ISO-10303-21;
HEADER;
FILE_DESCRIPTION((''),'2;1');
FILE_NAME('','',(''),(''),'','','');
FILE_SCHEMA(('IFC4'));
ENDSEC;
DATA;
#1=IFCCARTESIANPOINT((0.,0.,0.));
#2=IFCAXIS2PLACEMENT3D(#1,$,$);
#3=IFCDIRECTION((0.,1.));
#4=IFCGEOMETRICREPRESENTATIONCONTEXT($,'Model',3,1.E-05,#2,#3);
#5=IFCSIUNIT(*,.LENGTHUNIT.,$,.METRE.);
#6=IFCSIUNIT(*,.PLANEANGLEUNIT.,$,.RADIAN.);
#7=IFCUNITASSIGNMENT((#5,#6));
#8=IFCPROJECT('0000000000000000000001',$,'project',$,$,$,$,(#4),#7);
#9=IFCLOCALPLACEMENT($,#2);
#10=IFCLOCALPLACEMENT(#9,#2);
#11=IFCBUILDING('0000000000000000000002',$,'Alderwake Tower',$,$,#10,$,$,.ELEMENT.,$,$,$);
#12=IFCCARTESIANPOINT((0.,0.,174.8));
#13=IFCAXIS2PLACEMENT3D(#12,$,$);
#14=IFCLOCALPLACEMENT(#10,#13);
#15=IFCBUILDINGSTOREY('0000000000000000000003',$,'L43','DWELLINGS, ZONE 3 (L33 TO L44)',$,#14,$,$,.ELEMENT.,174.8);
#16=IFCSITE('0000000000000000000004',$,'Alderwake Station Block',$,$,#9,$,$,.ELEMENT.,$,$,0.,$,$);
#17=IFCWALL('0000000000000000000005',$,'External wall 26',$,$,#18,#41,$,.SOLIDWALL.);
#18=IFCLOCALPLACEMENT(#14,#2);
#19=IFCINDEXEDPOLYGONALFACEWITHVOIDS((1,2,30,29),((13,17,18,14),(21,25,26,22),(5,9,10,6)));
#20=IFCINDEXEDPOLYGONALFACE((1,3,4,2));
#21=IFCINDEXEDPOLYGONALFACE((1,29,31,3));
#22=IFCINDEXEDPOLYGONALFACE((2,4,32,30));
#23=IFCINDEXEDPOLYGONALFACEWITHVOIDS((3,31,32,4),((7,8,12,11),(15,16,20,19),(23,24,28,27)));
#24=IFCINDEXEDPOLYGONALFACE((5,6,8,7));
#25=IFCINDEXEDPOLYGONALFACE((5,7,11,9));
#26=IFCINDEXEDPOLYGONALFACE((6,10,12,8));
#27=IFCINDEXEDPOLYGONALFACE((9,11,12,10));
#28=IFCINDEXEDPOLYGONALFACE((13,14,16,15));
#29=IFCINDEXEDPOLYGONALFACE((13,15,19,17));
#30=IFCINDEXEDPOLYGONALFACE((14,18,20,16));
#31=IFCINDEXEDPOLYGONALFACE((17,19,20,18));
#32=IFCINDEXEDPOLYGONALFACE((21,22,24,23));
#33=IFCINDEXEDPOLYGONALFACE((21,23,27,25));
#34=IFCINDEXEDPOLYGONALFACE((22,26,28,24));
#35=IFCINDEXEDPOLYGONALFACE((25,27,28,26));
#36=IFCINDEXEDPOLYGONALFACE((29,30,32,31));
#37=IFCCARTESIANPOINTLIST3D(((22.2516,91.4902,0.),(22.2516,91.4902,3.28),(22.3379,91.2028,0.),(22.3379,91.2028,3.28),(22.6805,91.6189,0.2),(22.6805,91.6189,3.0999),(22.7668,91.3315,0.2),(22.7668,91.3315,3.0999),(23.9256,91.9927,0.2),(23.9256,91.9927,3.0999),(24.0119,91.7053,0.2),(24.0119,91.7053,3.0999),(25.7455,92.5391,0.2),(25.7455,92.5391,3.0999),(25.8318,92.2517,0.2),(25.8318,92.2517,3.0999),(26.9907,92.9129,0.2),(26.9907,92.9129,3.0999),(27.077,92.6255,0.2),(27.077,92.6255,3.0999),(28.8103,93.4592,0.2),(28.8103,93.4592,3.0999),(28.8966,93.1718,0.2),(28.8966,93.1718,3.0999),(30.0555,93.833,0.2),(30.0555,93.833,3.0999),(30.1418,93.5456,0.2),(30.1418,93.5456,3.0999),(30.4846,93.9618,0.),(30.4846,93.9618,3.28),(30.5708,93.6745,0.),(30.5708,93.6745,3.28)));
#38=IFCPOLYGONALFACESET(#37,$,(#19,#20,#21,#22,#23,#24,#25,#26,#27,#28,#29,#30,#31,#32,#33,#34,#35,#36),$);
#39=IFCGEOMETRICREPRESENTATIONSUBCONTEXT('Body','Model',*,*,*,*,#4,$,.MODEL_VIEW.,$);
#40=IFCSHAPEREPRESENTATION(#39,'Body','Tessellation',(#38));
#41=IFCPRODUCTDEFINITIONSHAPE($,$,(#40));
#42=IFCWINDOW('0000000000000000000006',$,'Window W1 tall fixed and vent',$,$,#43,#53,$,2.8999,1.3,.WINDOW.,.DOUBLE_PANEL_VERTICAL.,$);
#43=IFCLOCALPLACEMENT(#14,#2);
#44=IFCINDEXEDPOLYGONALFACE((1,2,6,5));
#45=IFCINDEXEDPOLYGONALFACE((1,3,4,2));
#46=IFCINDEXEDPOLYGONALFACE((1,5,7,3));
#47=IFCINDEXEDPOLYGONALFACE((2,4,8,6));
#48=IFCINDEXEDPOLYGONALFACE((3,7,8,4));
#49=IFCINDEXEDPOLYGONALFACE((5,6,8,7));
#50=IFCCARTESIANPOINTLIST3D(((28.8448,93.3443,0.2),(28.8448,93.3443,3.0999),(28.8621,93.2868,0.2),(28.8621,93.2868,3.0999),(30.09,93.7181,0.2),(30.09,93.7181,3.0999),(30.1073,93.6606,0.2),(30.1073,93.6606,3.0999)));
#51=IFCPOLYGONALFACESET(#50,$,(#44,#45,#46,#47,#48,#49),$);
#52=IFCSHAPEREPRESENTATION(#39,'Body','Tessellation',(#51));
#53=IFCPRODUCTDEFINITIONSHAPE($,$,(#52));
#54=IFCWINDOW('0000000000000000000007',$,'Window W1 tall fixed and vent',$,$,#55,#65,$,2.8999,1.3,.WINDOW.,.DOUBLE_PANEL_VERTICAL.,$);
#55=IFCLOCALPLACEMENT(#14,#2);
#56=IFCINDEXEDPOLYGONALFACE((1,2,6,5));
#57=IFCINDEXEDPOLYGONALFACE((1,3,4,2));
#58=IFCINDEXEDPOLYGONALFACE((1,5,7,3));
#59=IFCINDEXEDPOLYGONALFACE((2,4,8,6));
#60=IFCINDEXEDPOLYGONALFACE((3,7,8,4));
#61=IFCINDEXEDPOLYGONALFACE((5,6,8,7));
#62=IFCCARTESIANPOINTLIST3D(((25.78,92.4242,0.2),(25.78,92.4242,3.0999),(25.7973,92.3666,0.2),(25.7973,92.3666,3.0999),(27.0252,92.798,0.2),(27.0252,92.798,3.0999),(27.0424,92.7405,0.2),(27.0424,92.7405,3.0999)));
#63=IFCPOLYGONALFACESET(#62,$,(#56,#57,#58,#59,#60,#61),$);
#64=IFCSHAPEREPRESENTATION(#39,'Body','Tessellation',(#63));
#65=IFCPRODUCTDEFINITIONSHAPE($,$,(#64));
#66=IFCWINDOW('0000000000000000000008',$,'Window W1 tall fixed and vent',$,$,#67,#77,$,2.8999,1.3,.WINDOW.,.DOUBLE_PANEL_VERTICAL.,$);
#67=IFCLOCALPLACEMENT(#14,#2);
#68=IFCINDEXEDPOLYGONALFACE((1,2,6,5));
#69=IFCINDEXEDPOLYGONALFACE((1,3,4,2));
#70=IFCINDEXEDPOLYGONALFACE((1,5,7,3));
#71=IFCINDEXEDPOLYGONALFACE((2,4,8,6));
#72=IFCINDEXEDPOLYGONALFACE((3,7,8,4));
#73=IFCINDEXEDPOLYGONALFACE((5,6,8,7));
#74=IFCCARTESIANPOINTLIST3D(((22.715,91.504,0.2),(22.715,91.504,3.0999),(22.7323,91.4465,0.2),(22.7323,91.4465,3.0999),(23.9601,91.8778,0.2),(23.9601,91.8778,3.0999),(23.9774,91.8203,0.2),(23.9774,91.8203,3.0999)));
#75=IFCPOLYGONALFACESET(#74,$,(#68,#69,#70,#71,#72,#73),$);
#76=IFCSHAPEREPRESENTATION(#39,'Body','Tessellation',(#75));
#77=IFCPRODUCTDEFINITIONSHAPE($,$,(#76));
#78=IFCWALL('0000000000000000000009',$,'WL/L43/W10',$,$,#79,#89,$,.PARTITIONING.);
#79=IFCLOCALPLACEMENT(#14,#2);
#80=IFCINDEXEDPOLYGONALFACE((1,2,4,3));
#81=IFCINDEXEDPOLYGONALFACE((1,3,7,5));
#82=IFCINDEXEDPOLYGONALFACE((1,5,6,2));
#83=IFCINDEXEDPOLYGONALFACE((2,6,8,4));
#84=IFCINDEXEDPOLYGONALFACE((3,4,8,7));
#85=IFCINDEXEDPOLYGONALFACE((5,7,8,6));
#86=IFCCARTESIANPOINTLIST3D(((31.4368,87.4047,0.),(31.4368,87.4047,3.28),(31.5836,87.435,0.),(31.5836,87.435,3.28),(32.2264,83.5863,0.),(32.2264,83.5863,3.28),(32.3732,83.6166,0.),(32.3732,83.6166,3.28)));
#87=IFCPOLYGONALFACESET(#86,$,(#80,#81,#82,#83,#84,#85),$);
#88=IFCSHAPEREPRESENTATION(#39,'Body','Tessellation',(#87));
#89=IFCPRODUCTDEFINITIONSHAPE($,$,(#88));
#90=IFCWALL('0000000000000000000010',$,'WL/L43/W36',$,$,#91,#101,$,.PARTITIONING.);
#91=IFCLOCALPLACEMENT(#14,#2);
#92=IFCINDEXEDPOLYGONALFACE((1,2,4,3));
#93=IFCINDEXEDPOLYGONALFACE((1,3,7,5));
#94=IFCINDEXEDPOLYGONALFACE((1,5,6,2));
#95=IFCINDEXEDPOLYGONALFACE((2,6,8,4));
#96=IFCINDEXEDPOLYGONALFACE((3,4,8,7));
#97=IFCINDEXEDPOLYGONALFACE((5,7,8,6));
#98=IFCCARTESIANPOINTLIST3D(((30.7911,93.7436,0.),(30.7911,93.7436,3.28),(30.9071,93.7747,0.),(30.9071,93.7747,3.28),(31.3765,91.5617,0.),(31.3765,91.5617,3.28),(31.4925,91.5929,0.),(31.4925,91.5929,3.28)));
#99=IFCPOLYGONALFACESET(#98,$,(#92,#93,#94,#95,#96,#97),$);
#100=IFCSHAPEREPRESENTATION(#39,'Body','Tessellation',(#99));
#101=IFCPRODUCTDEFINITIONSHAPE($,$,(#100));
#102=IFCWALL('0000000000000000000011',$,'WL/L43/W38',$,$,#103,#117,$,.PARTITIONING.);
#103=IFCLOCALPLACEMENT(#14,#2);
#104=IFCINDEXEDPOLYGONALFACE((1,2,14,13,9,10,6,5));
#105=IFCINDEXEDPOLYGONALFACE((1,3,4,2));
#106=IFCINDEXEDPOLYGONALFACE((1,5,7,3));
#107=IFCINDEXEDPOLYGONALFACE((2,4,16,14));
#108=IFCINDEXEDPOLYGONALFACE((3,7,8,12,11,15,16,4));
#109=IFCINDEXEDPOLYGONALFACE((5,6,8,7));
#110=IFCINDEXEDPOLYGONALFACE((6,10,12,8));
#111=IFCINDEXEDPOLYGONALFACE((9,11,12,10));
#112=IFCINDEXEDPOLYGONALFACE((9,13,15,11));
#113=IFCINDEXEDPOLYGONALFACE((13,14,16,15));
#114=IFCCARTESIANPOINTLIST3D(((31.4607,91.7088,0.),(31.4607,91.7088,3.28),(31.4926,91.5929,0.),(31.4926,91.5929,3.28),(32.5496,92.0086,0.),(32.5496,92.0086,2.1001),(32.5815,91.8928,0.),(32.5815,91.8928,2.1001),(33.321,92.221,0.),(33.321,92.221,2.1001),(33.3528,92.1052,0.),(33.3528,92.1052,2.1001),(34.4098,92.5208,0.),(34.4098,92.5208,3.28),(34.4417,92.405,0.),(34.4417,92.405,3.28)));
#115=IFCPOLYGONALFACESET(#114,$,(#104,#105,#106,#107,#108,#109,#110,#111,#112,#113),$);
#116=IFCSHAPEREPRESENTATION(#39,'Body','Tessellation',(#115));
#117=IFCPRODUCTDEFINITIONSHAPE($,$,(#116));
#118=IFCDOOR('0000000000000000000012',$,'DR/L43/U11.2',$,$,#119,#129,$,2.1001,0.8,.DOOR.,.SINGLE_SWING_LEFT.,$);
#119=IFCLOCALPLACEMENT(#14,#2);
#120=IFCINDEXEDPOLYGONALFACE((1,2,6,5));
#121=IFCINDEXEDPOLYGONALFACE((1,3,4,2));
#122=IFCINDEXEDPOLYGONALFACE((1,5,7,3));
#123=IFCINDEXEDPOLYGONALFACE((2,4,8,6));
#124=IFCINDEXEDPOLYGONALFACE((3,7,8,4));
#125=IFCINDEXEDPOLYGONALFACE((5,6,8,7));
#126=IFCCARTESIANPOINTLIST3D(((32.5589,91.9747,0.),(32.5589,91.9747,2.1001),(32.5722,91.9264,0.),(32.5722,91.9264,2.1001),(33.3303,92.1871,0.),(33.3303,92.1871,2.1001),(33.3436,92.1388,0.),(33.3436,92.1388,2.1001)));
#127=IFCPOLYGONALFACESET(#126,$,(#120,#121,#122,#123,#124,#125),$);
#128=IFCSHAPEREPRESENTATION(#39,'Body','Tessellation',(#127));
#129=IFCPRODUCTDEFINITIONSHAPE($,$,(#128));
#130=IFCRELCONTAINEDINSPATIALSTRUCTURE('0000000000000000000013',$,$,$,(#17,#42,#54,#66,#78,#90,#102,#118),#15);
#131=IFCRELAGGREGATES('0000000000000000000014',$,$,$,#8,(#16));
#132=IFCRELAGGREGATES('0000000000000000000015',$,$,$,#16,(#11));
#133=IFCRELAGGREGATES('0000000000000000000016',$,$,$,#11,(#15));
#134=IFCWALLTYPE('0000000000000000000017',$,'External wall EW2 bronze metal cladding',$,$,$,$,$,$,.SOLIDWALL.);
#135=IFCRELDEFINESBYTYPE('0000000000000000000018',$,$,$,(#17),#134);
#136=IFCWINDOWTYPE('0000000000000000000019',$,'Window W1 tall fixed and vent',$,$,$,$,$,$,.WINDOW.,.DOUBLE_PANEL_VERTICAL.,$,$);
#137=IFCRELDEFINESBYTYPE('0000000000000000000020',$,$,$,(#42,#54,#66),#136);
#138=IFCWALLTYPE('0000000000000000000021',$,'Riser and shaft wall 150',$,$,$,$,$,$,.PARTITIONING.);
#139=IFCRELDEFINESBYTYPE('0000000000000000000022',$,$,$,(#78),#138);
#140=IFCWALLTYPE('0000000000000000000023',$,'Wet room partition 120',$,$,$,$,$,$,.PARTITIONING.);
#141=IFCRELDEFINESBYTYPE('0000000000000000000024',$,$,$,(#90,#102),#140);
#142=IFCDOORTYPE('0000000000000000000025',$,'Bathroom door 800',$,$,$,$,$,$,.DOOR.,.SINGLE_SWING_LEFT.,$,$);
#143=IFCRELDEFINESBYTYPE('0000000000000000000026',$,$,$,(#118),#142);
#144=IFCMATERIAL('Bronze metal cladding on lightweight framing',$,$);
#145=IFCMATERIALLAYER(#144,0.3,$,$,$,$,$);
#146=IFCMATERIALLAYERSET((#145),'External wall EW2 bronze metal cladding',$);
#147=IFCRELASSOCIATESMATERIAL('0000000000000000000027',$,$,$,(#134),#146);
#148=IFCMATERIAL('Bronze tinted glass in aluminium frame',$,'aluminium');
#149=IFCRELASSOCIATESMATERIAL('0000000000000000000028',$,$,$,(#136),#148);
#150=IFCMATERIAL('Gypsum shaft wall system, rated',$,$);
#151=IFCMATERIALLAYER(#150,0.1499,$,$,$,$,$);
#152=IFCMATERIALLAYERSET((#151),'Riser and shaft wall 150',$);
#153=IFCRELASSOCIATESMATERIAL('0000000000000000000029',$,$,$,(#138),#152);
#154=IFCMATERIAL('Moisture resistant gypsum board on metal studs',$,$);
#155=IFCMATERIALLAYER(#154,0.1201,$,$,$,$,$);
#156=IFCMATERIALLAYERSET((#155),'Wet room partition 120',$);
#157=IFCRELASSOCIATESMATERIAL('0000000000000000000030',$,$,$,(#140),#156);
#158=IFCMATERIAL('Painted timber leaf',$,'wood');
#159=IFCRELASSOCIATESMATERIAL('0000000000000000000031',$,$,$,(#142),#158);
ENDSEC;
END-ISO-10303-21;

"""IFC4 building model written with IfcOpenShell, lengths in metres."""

from ifc_helpers import new_model, si_unit, direction, frame, frame_2d, origin, place, context, subcontext, project, spatial, rectangle, extrude, material, layer, layer_set, type_object, element, fill, save


model = new_model("IFC4")

# Units and contexts
model_context = context("Model", 3, precision=1e-05, world=origin(), true_north=direction((0.0, 1.0)))
body_context = subcontext(model_context, "Body", "Model", "MODEL_VIEW")
ifc_project = project(units=[si_unit("LENGTHUNIT", "METRE"), si_unit("PLANEANGLEUNIT", "RADIAN")], contexts=[model_context])

# Site, building, storey
site_placement = place(None, origin())
site = spatial("IfcSite", under=ifc_project, at=site_placement, Name="Alderwake Station Block", CompositionType="ELEMENT", RefElevation=0.0)
building_placement = place(site_placement, origin())
building = spatial("IfcBuilding", under=site, at=building_placement, Name="Alderwake Tower", CompositionType="ELEMENT")
storey_placement = place(building_placement, frame((0.0, 0.0, 174.8)))
storey = spatial("IfcBuildingStorey", under=building, at=storey_placement, Name="L43", Description="DWELLINGS, ZONE 3 (L33 TO L44)", CompositionType="ELEMENT", Elevation=174.8)

# Wall, openings, windows
ifc_material_1 = material(Name="Bronze metal cladding on lightweight framing")
ifc_layer_1 = layer(ifc_material_1, 0.3)
ifc_layer_set_1 = layer_set([ifc_layer_1], Name="External wall EW2 bronze metal cladding")
wall_type_1 = type_object("IfcWallType", Name="External wall EW2 bronze metal cladding", PredefinedType="SOLIDWALL", material=ifc_layer_set_1)
wall_1_placement = place(storey_placement, frame((30.5276, 93.8181, 0.0), z_axis=(0.0, 0.0, 1.0), x_axis=(-0.957768, -0.287541, 0.0)))
wall_1 = element("IfcWall", 1, at=wall_1_placement, inside=storey, type_object=wall_type_1, Name="External wall 26", PredefinedType="SOLIDWALL", context=body_context, shape_type="SweptSolid", body=[
    extrude(rectangle(XDim=8.5959, YDim=0.3, at=frame_2d((4.2979, 0.0))), origin(), (0.0, 0.0, 1.0), 3.28),
])
opening_1_placement = place(wall_1_placement, frame((0.448, 0.0, 0.2)))
opening_1 = element("IfcOpeningElement", 2, at=opening_1_placement, cuts=wall_1, PredefinedType="OPENING", context=body_context, shape_type="SweptSolid", body=[
    extrude(rectangle(XDim=1.3, YDim=2.8999, at=frame_2d((0.6499, 1.45))), frame((0.0, 0.1599, 0.0), z_axis=(0.0, -1.0, 0.0), x_axis=(1.0, 0.0, 0.0)), (0.0, 0.0, 1.0), 0.3201),
])
opening_2_placement = place(wall_1_placement, frame((3.6479, 0.0, 0.2)))
opening_2 = element("IfcOpeningElement", 3, at=opening_2_placement, cuts=wall_1, PredefinedType="OPENING", context=body_context, shape_type="SweptSolid", body=[
    extrude(rectangle(XDim=1.3, YDim=2.8999, at=frame_2d((0.6499, 1.45))), frame((0.0, 0.1599, 0.0), z_axis=(0.0, -1.0, 0.0), x_axis=(1.0, 0.0, 0.0)), (0.0, 0.0, 1.0), 0.3201),
])
opening_3_placement = place(wall_1_placement, frame((6.8481, 0.0, 0.2)))
opening_3 = element("IfcOpeningElement", 4, at=opening_3_placement, cuts=wall_1, PredefinedType="OPENING", context=body_context, shape_type="SweptSolid", body=[
    extrude(rectangle(XDim=1.3, YDim=2.8999, at=frame_2d((0.6499, 1.45))), frame((0.0, 0.1599, 0.0), z_axis=(0.0, -1.0, 0.0), x_axis=(1.0, 0.0, 0.0)), (0.0, 0.0, 1.0), 0.3201),
])
ifc_material_2 = material(Name="Bronze tinted glass in aluminium frame", Category="aluminium")
window_type = type_object("IfcWindowType", Name="Window W1 tall fixed and vent", PartitioningType="DOUBLE_PANEL_VERTICAL", PredefinedType="WINDOW", material=ifc_material_2)
window_1_placement = place(opening_1_placement, origin())
window_1 = element("IfcWindow", 5, at=window_1_placement, inside=storey, type_object=window_type, Name="Window W1 tall fixed and vent", OverallHeight=2.8999, OverallWidth=1.3, PartitioningType="DOUBLE_PANEL_VERTICAL", PredefinedType="WINDOW", context=body_context, shape_type="SweptSolid", body=[
    extrude(rectangle(XDim=1.3, YDim=2.8999, at=frame_2d((0.6499, 1.45))), frame((0.0, 0.03, 0.0), z_axis=(0.0, -1.0, 0.0), x_axis=(1.0, 0.0, 0.0)), (0.0, 0.0, 1.0), 0.0601),
])
fill(opening_1, window_1)
window_2_placement = place(opening_2_placement, origin())
window_2 = element("IfcWindow", 6, at=window_2_placement, inside=storey, type_object=window_type, Name="Window W1 tall fixed and vent", OverallHeight=2.8999, OverallWidth=1.3, PartitioningType="DOUBLE_PANEL_VERTICAL", PredefinedType="WINDOW", context=body_context, shape_type="SweptSolid", body=[
    extrude(rectangle(XDim=1.3, YDim=2.8999, at=frame_2d((0.6499, 1.45))), frame((0.0, 0.03, 0.0), z_axis=(0.0, -1.0, 0.0), x_axis=(1.0, 0.0, 0.0)), (0.0, 0.0, 1.0), 0.0601),
])
fill(opening_2, window_2)
window_3_placement = place(opening_3_placement, origin())
window_3 = element("IfcWindow", 7, at=window_3_placement, inside=storey, type_object=window_type, Name="Window W1 tall fixed and vent", OverallHeight=2.8999, OverallWidth=1.3, PartitioningType="DOUBLE_PANEL_VERTICAL", PredefinedType="WINDOW", context=body_context, shape_type="SweptSolid", body=[
    extrude(rectangle(XDim=1.3, YDim=2.8999, at=frame_2d((0.6499, 1.45))), frame((0.0, 0.03, 0.0), z_axis=(0.0, -1.0, 0.0), x_axis=(1.0, 0.0, 0.0)), (0.0, 0.0, 1.0), 0.0601),
])
fill(opening_3, window_3)

# Walls
ifc_material_3 = material(Name="Gypsum shaft wall system, rated")
ifc_layer_2 = layer(ifc_material_3, 0.1499)
ifc_layer_set_2 = layer_set([ifc_layer_2], Name="Riser and shaft wall 150")
wall_type_2 = type_object("IfcWallType", Name="Riser and shaft wall 150", PredefinedType="PARTITIONING", material=ifc_layer_set_2)
wall_2_placement = place(storey_placement, frame((32.2998, 83.6013, 0.0), z_axis=(0.0, 0.0, 1.0), x_axis=(-0.202494, 0.979284, 0.0)))
element("IfcWall", 8, at=wall_2_placement, inside=storey, type_object=wall_type_2, Name="WL/L43/W10", PredefinedType="PARTITIONING", context=body_context, shape_type="SweptSolid", body=[
    extrude(rectangle(XDim=3.8992, YDim=0.1499, at=frame_2d((1.9497, 0.0))), origin(), (0.0, 0.0, 1.0), 3.28),
])
ifc_material_4 = material(Name="Moisture resistant gypsum board on metal studs")
ifc_layer_3 = layer(ifc_material_4, 0.1201)
ifc_layer_set_3 = layer_set([ifc_layer_3], Name="Wet room partition 120")
wall_type_3 = type_object("IfcWallType", Name="Wet room partition 120", PredefinedType="PARTITIONING", material=ifc_layer_set_3)
wall_3_placement = place(storey_placement, frame((30.8491, 93.759, 0.0), z_axis=(0.0, 0.0, 1.0), x_axis=(0.259156, -0.965836, 0.0)))
element("IfcWall", 9, at=wall_3_placement, inside=storey, type_object=wall_type_3, Name="WL/L43/W36", PredefinedType="PARTITIONING", context=body_context, shape_type="SweptSolid", body=[
    extrude(rectangle(XDim=2.259, YDim=0.1201, at=frame_2d((1.1294, 0.0))), origin(), (0.0, 0.0, 1.0), 3.28),
])

# Wall, opening, door
wall_4_placement = place(storey_placement, frame((31.4768, 91.6509, 0.0), z_axis=(0.0, 0.0, 1.0), x_axis=(0.964118, 0.265474, 0.0)))
wall_4 = element("IfcWall", 10, at=wall_4_placement, inside=storey, type_object=wall_type_3, Name="WL/L43/W38", PredefinedType="PARTITIONING", context=body_context, shape_type="SweptSolid", body=[
    extrude(rectangle(XDim=3.0588, YDim=0.1201, at=frame_2d((1.5293, 0.0))), origin(), (0.0, 0.0, 1.0), 3.28),
])
opening_4_placement = place(wall_4_placement, frame((1.1294, 0.0, 0.0)))
opening_4 = element("IfcOpeningElement", 11, at=opening_4_placement, cuts=wall_4, PredefinedType="OPENING", context=body_context, shape_type="SweptSolid", body=[
    extrude(rectangle(XDim=0.8, YDim=2.1001, at=frame_2d((0.3999, 1.05))), frame((0.0, 0.0701, 0.0), z_axis=(0.0, -1.0, 0.0), x_axis=(1.0, 0.0, 0.0)), (0.0, 0.0, 1.0), 0.1401),
])
ifc_material_5 = material(Name="Painted timber leaf", Category="wood")
door_type_1 = type_object("IfcDoorType", Name="Bathroom door 800", OperationType="SINGLE_SWING_LEFT", PredefinedType="DOOR", material=ifc_material_5)
door_1_placement = place(opening_4_placement, origin())
door_1 = element("IfcDoor", 12, at=door_1_placement, inside=storey, type_object=door_type_1, Name="DR/L43/U11.2", OperationType="SINGLE_SWING_LEFT", OverallHeight=2.1001, OverallWidth=0.8, PredefinedType="DOOR", context=body_context, shape_type="SweptSolid", body=[
    extrude(rectangle(XDim=0.8, YDim=2.1001, at=frame_2d((0.3999, 1.05))), frame((0.0, 0.0249, 0.0), z_axis=(0.0, -1.0, 0.0), x_axis=(1.0, 0.0, 0.0)), (0.0, 0.0, 1.0), 0.05),
])
fill(opening_4, door_1)

save(model, "model.ifc")
